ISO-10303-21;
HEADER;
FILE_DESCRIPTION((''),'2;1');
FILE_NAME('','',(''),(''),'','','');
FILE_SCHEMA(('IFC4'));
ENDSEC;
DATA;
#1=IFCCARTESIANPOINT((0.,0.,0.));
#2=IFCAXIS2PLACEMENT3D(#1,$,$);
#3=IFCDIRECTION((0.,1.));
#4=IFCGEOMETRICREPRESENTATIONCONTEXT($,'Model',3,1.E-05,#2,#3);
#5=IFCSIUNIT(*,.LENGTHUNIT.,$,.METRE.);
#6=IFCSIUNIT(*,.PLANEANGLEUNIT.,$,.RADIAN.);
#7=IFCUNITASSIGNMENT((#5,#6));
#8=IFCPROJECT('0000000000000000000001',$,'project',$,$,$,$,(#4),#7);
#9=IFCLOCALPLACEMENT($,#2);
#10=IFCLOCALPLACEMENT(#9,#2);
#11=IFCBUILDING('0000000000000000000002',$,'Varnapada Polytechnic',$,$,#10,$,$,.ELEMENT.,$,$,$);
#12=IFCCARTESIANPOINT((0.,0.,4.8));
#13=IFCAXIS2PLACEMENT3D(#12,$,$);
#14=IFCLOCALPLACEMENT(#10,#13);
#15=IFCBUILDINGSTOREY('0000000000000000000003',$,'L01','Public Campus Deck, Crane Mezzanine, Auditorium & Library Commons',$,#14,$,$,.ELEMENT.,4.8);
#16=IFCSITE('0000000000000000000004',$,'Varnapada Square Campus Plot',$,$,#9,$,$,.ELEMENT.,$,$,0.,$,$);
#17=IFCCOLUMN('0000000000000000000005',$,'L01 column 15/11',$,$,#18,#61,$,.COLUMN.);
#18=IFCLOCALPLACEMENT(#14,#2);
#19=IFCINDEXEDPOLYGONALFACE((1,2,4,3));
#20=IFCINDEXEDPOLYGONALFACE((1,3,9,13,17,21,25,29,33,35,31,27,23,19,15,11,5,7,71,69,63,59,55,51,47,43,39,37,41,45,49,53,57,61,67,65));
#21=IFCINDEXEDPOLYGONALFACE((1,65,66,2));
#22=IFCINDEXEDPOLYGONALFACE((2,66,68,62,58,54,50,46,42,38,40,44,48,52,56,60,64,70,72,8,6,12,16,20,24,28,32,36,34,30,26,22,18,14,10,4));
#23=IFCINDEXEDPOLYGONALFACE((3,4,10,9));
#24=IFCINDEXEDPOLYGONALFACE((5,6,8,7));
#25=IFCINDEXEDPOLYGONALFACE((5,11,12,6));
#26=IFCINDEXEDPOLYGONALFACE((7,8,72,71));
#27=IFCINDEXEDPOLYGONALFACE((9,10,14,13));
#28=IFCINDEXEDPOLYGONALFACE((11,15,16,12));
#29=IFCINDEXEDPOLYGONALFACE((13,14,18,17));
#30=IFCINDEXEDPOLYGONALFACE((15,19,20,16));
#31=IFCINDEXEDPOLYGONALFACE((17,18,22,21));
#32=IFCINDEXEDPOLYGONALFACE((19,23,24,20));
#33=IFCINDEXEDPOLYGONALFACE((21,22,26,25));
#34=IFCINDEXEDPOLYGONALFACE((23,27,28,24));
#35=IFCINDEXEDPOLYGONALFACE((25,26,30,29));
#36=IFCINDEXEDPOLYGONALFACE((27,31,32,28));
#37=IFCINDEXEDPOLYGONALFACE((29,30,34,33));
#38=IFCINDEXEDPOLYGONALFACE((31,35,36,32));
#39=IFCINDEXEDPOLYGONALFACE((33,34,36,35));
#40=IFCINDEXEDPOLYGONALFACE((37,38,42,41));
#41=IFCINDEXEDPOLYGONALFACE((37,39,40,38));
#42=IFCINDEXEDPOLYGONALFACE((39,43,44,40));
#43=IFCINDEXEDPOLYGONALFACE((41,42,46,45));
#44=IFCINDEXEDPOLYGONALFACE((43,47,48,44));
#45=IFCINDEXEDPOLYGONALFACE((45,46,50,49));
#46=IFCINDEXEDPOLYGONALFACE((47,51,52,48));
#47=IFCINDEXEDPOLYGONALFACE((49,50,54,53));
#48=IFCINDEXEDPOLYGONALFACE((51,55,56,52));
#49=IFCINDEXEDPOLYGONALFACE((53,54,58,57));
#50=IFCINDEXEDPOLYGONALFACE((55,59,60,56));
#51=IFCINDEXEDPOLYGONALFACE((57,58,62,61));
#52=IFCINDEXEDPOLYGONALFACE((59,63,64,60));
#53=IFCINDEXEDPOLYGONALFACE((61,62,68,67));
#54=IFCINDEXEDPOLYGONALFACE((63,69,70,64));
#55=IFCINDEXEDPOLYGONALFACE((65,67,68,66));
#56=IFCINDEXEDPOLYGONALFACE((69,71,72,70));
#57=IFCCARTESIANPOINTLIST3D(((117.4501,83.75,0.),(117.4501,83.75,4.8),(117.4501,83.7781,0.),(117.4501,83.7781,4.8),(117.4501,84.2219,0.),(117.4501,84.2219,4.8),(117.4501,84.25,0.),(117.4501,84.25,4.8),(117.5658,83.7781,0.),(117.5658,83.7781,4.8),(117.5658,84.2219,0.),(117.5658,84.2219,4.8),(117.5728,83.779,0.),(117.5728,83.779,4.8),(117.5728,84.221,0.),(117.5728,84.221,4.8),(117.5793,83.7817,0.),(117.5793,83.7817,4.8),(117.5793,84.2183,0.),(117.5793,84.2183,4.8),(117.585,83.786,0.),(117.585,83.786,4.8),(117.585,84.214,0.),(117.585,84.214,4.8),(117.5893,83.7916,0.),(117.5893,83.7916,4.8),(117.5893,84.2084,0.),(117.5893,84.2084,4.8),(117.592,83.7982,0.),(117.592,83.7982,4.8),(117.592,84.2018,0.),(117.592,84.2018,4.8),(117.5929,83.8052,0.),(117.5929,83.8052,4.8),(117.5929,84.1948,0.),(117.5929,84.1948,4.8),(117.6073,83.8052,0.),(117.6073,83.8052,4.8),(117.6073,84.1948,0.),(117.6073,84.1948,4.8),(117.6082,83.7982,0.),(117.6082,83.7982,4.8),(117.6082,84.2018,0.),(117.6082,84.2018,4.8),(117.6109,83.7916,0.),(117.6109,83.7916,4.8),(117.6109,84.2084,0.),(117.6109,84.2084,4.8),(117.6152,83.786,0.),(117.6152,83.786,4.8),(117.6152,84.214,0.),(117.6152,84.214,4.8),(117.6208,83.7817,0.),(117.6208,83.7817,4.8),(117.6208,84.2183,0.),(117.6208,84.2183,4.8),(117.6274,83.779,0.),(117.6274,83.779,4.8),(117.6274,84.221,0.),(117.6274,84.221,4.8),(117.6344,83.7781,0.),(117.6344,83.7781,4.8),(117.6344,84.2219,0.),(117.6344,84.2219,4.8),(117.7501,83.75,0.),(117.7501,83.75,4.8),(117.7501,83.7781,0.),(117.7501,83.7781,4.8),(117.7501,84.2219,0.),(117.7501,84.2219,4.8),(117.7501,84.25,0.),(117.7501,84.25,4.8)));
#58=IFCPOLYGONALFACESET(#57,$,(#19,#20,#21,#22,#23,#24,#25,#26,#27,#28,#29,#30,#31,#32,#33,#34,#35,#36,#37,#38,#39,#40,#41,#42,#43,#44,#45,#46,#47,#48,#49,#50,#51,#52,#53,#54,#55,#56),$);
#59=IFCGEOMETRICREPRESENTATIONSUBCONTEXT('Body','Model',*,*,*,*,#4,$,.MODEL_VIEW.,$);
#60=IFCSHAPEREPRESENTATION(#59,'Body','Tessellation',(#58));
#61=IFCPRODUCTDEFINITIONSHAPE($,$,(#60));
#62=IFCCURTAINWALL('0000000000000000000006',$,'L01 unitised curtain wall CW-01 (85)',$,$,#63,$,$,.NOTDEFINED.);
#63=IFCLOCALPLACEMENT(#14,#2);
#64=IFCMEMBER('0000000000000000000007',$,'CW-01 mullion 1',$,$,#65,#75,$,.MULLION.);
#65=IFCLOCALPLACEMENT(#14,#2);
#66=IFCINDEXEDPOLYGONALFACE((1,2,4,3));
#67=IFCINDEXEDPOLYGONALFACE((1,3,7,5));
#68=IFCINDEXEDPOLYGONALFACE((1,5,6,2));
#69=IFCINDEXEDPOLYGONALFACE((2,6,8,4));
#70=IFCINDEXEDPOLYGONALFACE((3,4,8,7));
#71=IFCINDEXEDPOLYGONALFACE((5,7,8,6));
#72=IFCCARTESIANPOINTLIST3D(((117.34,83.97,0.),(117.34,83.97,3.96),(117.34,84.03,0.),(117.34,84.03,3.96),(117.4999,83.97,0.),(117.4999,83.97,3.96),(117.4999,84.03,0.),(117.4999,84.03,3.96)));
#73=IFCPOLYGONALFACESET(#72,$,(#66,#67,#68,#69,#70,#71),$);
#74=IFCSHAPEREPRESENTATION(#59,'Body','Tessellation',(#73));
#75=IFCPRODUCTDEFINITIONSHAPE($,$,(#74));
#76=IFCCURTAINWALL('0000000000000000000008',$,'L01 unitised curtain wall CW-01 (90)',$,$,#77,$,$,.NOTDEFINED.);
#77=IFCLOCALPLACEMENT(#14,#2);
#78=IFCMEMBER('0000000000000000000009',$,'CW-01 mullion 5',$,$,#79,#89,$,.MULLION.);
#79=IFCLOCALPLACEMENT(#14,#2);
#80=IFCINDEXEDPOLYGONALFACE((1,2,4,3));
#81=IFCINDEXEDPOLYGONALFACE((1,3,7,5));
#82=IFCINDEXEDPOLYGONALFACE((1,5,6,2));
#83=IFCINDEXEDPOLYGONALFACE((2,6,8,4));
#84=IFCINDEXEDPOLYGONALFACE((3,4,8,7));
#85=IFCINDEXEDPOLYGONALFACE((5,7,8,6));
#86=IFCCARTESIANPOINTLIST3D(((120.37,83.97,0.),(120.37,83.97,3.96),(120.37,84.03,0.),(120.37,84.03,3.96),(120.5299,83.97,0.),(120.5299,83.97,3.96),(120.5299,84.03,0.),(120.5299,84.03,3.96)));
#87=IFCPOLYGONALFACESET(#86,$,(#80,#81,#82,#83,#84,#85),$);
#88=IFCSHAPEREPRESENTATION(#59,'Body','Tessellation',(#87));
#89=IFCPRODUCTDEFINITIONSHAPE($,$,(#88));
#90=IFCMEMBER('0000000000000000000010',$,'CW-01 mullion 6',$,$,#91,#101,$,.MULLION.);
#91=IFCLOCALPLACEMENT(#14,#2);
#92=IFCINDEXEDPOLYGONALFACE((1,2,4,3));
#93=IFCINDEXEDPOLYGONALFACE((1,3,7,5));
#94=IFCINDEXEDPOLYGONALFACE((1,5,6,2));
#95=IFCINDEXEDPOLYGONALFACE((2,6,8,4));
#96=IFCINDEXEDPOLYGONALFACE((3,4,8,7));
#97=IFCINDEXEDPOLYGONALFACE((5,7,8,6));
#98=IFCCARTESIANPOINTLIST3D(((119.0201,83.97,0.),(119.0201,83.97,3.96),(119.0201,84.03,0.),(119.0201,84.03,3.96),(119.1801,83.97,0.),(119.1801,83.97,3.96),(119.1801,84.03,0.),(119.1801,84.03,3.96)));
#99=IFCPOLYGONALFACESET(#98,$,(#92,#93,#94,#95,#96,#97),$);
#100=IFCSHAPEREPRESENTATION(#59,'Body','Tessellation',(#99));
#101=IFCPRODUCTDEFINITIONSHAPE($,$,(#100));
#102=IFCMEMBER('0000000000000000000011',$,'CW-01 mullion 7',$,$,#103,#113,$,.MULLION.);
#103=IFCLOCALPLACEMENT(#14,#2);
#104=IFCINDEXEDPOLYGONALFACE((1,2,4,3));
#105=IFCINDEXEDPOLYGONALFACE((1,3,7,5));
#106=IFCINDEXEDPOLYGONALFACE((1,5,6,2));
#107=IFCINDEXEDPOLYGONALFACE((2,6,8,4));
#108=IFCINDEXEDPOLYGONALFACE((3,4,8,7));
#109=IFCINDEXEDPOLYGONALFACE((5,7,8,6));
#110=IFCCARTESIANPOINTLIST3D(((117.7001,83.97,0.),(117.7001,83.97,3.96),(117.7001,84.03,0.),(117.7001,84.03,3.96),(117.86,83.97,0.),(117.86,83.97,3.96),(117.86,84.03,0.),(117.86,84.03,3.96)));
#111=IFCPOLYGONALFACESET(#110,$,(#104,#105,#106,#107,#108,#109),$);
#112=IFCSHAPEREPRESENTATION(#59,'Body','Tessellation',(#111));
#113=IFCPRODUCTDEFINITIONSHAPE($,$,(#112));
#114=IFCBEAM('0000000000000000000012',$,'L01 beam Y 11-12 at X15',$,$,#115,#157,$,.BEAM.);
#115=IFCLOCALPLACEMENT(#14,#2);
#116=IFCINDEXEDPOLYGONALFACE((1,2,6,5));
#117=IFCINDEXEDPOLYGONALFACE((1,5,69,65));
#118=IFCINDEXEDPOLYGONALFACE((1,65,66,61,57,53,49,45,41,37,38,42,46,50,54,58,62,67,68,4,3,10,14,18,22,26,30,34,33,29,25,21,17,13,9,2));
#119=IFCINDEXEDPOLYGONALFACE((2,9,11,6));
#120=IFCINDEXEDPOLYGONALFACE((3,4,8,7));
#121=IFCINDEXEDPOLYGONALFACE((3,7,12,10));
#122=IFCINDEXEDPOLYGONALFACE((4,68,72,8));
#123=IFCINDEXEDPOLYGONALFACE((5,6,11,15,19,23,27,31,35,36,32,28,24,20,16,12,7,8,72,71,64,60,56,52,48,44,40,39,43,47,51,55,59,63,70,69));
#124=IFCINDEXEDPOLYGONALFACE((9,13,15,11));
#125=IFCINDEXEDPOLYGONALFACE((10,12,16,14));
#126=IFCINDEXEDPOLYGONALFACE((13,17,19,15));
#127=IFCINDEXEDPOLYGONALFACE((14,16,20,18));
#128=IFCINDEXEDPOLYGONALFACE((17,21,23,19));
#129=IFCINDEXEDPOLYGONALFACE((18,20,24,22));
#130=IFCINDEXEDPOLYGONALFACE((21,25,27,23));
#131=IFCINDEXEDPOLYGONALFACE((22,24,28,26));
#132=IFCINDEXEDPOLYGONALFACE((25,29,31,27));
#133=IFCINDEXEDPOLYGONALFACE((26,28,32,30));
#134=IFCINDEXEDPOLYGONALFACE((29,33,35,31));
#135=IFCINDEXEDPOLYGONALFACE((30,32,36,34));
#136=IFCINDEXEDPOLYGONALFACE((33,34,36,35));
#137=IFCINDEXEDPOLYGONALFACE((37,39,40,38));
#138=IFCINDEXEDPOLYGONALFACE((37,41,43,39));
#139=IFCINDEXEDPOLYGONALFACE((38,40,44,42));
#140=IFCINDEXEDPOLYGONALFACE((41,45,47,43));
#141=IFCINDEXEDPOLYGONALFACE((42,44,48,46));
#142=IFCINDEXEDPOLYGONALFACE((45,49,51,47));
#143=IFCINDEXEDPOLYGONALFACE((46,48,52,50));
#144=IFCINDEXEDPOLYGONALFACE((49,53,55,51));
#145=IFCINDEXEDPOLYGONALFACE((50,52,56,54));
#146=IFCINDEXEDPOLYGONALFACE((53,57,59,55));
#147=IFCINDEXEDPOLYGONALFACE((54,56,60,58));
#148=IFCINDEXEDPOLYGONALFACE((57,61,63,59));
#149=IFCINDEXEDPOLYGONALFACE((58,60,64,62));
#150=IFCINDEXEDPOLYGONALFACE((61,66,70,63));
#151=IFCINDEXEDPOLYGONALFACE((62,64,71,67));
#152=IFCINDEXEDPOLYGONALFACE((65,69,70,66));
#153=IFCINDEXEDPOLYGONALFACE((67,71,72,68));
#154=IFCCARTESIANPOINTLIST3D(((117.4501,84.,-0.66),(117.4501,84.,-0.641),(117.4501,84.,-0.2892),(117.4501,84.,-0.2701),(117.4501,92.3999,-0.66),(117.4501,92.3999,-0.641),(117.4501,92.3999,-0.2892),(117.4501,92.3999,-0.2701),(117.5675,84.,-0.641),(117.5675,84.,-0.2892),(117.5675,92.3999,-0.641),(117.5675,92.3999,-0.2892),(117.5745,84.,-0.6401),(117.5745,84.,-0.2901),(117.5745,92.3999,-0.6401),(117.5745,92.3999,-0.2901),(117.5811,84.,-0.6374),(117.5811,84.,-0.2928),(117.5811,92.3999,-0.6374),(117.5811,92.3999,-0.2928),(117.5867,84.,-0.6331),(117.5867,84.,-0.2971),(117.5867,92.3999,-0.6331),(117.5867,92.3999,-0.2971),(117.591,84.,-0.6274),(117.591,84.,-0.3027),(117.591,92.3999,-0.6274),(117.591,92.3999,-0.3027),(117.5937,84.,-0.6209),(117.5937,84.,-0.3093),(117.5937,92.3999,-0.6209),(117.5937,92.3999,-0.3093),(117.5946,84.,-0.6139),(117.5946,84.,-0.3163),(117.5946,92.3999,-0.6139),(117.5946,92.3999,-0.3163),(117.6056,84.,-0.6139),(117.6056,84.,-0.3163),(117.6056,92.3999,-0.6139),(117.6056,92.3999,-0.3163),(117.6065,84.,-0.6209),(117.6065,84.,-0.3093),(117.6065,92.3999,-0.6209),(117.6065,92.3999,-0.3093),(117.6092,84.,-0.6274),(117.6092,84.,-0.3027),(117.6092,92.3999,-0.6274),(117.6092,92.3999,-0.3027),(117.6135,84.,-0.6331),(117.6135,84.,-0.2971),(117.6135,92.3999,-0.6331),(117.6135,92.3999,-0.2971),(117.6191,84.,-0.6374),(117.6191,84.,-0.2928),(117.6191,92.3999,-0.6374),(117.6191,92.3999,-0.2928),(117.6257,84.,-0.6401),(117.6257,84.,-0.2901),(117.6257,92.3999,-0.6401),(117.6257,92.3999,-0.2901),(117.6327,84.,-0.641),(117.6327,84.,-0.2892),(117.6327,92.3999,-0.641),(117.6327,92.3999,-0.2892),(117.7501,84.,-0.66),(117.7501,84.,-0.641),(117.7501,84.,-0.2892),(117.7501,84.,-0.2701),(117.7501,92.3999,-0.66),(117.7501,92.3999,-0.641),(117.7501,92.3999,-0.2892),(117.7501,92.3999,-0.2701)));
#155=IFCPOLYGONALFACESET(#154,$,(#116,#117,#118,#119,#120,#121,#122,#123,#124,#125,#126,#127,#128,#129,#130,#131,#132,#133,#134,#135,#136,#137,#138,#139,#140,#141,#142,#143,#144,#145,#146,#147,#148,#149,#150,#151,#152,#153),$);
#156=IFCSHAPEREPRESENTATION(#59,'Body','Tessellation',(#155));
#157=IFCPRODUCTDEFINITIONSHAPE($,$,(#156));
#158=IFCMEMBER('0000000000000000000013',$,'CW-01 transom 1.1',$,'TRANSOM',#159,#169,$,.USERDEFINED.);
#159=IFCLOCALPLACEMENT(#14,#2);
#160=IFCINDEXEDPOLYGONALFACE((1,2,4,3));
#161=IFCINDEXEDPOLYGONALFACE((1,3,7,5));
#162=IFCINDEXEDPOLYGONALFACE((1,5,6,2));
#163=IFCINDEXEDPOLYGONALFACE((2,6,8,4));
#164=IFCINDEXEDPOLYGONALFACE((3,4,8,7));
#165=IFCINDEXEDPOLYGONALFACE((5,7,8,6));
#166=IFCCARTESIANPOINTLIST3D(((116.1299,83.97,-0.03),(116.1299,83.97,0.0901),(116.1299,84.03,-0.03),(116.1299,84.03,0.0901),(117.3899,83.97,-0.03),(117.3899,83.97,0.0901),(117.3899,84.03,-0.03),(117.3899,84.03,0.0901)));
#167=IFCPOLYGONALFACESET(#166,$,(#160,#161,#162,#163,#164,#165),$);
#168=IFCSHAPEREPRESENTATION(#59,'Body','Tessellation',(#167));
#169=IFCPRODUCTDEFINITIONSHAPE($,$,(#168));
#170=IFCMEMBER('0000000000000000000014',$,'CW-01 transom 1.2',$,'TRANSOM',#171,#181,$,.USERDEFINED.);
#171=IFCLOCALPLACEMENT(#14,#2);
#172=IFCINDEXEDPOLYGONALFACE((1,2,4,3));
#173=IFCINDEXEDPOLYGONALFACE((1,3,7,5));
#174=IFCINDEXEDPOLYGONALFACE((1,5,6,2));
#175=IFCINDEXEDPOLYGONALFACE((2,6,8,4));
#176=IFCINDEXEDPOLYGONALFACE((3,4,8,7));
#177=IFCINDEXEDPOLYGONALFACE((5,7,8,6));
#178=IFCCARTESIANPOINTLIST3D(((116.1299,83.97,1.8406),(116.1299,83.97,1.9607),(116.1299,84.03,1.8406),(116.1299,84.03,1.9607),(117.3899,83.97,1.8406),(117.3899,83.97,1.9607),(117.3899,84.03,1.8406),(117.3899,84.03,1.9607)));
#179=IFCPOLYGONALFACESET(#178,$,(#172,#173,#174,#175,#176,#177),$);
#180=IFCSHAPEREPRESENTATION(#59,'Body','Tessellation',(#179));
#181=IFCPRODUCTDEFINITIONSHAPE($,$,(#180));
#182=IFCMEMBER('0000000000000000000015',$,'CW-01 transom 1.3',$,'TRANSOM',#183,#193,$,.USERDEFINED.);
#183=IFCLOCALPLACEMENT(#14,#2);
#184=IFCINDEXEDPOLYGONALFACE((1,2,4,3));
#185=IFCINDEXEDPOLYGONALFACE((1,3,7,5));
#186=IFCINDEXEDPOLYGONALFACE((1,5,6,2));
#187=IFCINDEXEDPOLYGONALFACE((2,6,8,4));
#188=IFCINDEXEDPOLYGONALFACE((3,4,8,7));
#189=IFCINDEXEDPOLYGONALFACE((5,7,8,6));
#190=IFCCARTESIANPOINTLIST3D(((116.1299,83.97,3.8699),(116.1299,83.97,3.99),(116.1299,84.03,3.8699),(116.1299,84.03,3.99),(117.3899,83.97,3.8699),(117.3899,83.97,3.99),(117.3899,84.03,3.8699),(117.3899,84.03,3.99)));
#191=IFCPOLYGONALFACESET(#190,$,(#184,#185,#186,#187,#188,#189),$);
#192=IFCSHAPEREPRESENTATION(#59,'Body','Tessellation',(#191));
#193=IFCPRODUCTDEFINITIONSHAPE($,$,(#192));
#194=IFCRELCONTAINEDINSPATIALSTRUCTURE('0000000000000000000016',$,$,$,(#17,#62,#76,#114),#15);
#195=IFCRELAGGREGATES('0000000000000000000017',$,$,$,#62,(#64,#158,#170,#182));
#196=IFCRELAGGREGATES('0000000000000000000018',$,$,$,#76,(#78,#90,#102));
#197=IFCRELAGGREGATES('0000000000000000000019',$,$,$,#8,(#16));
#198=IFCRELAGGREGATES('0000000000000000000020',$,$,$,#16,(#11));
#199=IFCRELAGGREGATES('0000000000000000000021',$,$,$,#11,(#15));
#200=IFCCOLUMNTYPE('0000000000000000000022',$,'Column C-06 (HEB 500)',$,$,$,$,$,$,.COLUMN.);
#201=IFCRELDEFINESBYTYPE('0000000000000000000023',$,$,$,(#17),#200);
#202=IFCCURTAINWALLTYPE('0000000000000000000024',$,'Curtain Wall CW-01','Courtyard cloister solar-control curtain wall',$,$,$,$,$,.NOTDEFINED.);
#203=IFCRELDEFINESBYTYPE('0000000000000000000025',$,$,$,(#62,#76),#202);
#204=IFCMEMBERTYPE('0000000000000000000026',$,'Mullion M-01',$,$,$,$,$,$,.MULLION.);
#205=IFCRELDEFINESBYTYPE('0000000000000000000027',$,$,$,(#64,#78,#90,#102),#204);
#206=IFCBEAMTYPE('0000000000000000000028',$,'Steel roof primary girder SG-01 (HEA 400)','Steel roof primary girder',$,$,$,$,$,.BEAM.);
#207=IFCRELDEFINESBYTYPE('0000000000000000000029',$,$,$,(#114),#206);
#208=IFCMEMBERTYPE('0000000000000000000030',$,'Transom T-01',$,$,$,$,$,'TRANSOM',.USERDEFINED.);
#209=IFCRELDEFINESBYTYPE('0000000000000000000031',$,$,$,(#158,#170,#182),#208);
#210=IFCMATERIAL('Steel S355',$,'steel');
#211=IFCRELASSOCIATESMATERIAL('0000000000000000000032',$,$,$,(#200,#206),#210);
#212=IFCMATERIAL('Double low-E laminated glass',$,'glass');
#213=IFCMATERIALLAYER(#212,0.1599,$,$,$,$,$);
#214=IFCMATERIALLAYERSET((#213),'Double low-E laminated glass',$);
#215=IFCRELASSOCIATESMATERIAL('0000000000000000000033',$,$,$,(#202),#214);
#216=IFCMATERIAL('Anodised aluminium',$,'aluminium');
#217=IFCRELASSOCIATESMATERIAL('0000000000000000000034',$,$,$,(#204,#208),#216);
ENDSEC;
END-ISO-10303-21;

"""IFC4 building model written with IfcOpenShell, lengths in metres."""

from ifc_helpers import new_model, si_unit, direction, frame, origin, origin_2d, place, context, subcontext, project, spatial, rectangle, i_section, extrude, material, layer, layer_set, material_profile, profile_set, type_object, element, aggregate, save


model = new_model("IFC4")

# Units and contexts
model_context = context("Model", 3, precision=1e-05, world=origin(), true_north=direction((0.0, 1.0)))
body_context = subcontext(model_context, "Body", "Model", "MODEL_VIEW")
ifc_project = project(units=[si_unit("LENGTHUNIT", "METRE"), si_unit("PLANEANGLEUNIT", "RADIAN")], contexts=[model_context])

# Site, building, storey
site_placement = place(None, origin())
site = spatial("IfcSite", under=ifc_project, at=site_placement, Name="Varnapada Square Campus Plot", CompositionType="ELEMENT", RefElevation=0.0)
building_placement = place(site_placement, origin())
building = spatial("IfcBuilding", under=site, at=building_placement, Name="Varnapada Polytechnic", CompositionType="ELEMENT")
storey_placement = place(building_placement, frame((0.0, 0.0, 4.8)))
storey = spatial("IfcBuildingStorey", under=building, at=storey_placement, Name="L01", Description="Public Campus Deck, Crane Mezzanine, Auditorium & Library Commons", CompositionType="ELEMENT", Elevation=4.8)

# Column
ifc_material_1 = material(Name="Steel S355", Category="steel")
ifc_material_profile_1 = material_profile(ifc_material_1, i_section(OverallWidth=0.3, OverallDepth=0.5, WebThickness=0.0144, FlangeThickness=0.0281, FilletRadius=0.0271, at=origin_2d()), Name="HEB 500")
ifc_profile_set_1 = profile_set([ifc_material_profile_1], Name="Steel S355")
column_type = type_object("IfcColumnType", Name="Column C-06 (HEB 500)", PredefinedType="COLUMN", material=ifc_profile_set_1)
column_placement = place(storey_placement, frame((117.6001, 84.0, 0.0), z_axis=(0.0, 0.0, 1.0), x_axis=(1.0, 0.0, 0.0)))
element("IfcColumn", 1, at=column_placement, inside=storey, type_object=column_type, Name="L01 column 15/11", PredefinedType="COLUMN", context=body_context, shape_type="SweptSolid", body=[
    extrude(i_section(OverallWidth=0.3, OverallDepth=0.5, WebThickness=0.0144, FlangeThickness=0.0281, FilletRadius=0.0271, at=origin_2d()), origin(), (0.0, 0.0, 1.0), 4.8),
])

# Curtain wall, member
ifc_material_2 = material(Name="Double low-E laminated glass", Category="glass")
ifc_layer_1 = layer(ifc_material_2, 0.1599)
ifc_layer_set_1 = layer_set([ifc_layer_1], Name="Double low-E laminated glass")
curtain_wall_type = type_object("IfcCurtainWallType", Name="Curtain Wall CW-01", Description="Courtyard cloister solar-control curtain wall", PredefinedType="NOTDEFINED", material=ifc_layer_set_1)
curtain_wall_1_placement = place(storey_placement, origin())
curtain_wall_1 = element("IfcCurtainWall", 2, at=curtain_wall_1_placement, inside=storey, type_object=curtain_wall_type, Name="L01 unitised curtain wall CW-01 (85)", PredefinedType="NOTDEFINED")
ifc_material_3 = material(Name="Anodised aluminium", Category="aluminium")
ifc_material_profile_2 = material_profile(ifc_material_3, rectangle(XDim=0.0601, YDim=0.1599, at=origin_2d()), Name="ALU M60x160")
ifc_profile_set_2 = profile_set([ifc_material_profile_2], Name="Anodised aluminium")
member_type_1 = type_object("IfcMemberType", Name="Mullion M-01", PredefinedType="MULLION", material=ifc_profile_set_2)
member_1_placement = place(storey_placement, frame((117.4199, 84.0, 0.0), z_axis=(0.0, 0.0, 1.0), x_axis=(0.0, -1.0, 0.0)))
member_1 = element("IfcMember", 3, at=member_1_placement, type_object=member_type_1, Name="CW-01 mullion 1", PredefinedType="MULLION", context=body_context, shape_type="SweptSolid", body=[
    extrude(rectangle(XDim=0.0601, YDim=0.1599, at=origin_2d()), origin(), (0.0, 0.0, 1.0), 3.96),
])

# Curtain wall, members
curtain_wall_2_placement = place(storey_placement, origin())
curtain_wall_2 = element("IfcCurtainWall", 4, at=curtain_wall_2_placement, inside=storey, type_object=curtain_wall_type, Name="L01 unitised curtain wall CW-01 (90)", PredefinedType="NOTDEFINED")
member_2_placement = place(storey_placement, frame((120.45, 84.0, 0.0), z_axis=(0.0, 0.0, 1.0), x_axis=(0.0, -1.0, 0.0)))
member_2 = element("IfcMember", 5, at=member_2_placement, type_object=member_type_1, Name="CW-01 mullion 5", PredefinedType="MULLION", context=body_context, shape_type="SweptSolid", body=[
    extrude(rectangle(XDim=0.0601, YDim=0.1599, at=origin_2d()), origin(), (0.0, 0.0, 1.0), 3.96),
])
member_3_placement = place(storey_placement, frame((119.1001, 84.0, 0.0), z_axis=(0.0, 0.0, 1.0), x_axis=(0.0, -1.0, 0.0)))
member_3 = element("IfcMember", 6, at=member_3_placement, type_object=member_type_1, Name="CW-01 mullion 6", PredefinedType="MULLION", context=body_context, shape_type="SweptSolid", body=[
    extrude(rectangle(XDim=0.0601, YDim=0.1599, at=origin_2d()), origin(), (0.0, 0.0, 1.0), 3.96),
])
member_4_placement = place(storey_placement, frame((117.78, 84.0, 0.0), z_axis=(0.0, 0.0, 1.0), x_axis=(0.0, -1.0, 0.0)))
member_4 = element("IfcMember", 7, at=member_4_placement, type_object=member_type_1, Name="CW-01 mullion 7", PredefinedType="MULLION", context=body_context, shape_type="SweptSolid", body=[
    extrude(rectangle(XDim=0.0601, YDim=0.1599, at=origin_2d()), origin(), (0.0, 0.0, 1.0), 3.96),
])

# Beam
ifc_material_profile_3 = material_profile(ifc_material_1, i_section(OverallWidth=0.3, OverallDepth=0.3899, WebThickness=0.011, FlangeThickness=0.019, FilletRadius=0.0271, at=origin_2d()), Name="HEA 400")
ifc_profile_set_3 = profile_set([ifc_material_profile_3], Name="Steel S355")
beam_type_1 = type_object("IfcBeamType", Name="Steel roof primary girder SG-01 (HEA 400)", Description="Steel roof primary girder", PredefinedType="BEAM", material=ifc_profile_set_3)
beam_1_placement = place(storey_placement, frame((117.6001, 84.0, -0.4651), z_axis=(0.0, 1.0, 0.0), x_axis=(-1.0, 0.0, 0.0)))
element("IfcBeam", 8, at=beam_1_placement, inside=storey, type_object=beam_type_1, Name="L01 beam Y 11-12 at X15", PredefinedType="BEAM", context=body_context, shape_type="SweptSolid", body=[
    extrude(i_section(OverallWidth=0.3, OverallDepth=0.3899, WebThickness=0.011, FlangeThickness=0.019, FilletRadius=0.0271, at=origin_2d()), origin(), (0.0, 0.0, 1.0), 8.3999),
])

# Members
ifc_material_profile_4 = material_profile(ifc_material_3, rectangle(XDim=0.0601, YDim=0.1201, at=origin_2d()), Name="ALU T60x120")
ifc_profile_set_4 = profile_set([ifc_material_profile_4], Name="Anodised aluminium")
member_type_2 = type_object("IfcMemberType", Name="Transom T-01", ElementType="TRANSOM", PredefinedType="USERDEFINED", material=ifc_profile_set_4)
member_5_placement = place(storey_placement, frame((117.3899, 84.0, 0.03), z_axis=(-1.0, 0.0, 0.0), x_axis=(0.0, -1.0, 0.0)))
member_5 = element("IfcMember", 9, at=member_5_placement, type_object=member_type_2, Name="CW-01 transom 1.1", ObjectType="TRANSOM", PredefinedType="USERDEFINED", context=body_context, shape_type="SweptSolid", body=[
    extrude(rectangle(XDim=0.0601, YDim=0.1201, at=origin_2d()), origin(), (0.0, 0.0, 1.0), 1.26),
])
member_6_placement = place(storey_placement, frame((117.3899, 84.0, 1.9006), z_axis=(-1.0, 0.0, 0.0), x_axis=(0.0, -1.0, 0.0)))
member_6 = element("IfcMember", 10, at=member_6_placement, type_object=member_type_2, Name="CW-01 transom 1.2", ObjectType="TRANSOM", PredefinedType="USERDEFINED", context=body_context, shape_type="SweptSolid", body=[
    extrude(rectangle(XDim=0.0601, YDim=0.1201, at=origin_2d()), origin(), (0.0, 0.0, 1.0), 1.26),
])
member_7_placement = place(storey_placement, frame((117.3899, 84.0, 3.9299), z_axis=(-1.0, 0.0, 0.0), x_axis=(0.0, -1.0, 0.0)))
member_7 = element("IfcMember", 11, at=member_7_placement, type_object=member_type_2, Name="CW-01 transom 1.3", ObjectType="TRANSOM", PredefinedType="USERDEFINED", context=body_context, shape_type="SweptSolid", body=[
    extrude(rectangle(XDim=0.0601, YDim=0.1201, at=origin_2d()), origin(), (0.0, 0.0, 1.0), 1.26),
])

aggregate(curtain_wall_1, [member_1, member_5, member_6, member_7])
aggregate(curtain_wall_2, [member_2, member_3, member_4])

save(model, "model.ifc")
